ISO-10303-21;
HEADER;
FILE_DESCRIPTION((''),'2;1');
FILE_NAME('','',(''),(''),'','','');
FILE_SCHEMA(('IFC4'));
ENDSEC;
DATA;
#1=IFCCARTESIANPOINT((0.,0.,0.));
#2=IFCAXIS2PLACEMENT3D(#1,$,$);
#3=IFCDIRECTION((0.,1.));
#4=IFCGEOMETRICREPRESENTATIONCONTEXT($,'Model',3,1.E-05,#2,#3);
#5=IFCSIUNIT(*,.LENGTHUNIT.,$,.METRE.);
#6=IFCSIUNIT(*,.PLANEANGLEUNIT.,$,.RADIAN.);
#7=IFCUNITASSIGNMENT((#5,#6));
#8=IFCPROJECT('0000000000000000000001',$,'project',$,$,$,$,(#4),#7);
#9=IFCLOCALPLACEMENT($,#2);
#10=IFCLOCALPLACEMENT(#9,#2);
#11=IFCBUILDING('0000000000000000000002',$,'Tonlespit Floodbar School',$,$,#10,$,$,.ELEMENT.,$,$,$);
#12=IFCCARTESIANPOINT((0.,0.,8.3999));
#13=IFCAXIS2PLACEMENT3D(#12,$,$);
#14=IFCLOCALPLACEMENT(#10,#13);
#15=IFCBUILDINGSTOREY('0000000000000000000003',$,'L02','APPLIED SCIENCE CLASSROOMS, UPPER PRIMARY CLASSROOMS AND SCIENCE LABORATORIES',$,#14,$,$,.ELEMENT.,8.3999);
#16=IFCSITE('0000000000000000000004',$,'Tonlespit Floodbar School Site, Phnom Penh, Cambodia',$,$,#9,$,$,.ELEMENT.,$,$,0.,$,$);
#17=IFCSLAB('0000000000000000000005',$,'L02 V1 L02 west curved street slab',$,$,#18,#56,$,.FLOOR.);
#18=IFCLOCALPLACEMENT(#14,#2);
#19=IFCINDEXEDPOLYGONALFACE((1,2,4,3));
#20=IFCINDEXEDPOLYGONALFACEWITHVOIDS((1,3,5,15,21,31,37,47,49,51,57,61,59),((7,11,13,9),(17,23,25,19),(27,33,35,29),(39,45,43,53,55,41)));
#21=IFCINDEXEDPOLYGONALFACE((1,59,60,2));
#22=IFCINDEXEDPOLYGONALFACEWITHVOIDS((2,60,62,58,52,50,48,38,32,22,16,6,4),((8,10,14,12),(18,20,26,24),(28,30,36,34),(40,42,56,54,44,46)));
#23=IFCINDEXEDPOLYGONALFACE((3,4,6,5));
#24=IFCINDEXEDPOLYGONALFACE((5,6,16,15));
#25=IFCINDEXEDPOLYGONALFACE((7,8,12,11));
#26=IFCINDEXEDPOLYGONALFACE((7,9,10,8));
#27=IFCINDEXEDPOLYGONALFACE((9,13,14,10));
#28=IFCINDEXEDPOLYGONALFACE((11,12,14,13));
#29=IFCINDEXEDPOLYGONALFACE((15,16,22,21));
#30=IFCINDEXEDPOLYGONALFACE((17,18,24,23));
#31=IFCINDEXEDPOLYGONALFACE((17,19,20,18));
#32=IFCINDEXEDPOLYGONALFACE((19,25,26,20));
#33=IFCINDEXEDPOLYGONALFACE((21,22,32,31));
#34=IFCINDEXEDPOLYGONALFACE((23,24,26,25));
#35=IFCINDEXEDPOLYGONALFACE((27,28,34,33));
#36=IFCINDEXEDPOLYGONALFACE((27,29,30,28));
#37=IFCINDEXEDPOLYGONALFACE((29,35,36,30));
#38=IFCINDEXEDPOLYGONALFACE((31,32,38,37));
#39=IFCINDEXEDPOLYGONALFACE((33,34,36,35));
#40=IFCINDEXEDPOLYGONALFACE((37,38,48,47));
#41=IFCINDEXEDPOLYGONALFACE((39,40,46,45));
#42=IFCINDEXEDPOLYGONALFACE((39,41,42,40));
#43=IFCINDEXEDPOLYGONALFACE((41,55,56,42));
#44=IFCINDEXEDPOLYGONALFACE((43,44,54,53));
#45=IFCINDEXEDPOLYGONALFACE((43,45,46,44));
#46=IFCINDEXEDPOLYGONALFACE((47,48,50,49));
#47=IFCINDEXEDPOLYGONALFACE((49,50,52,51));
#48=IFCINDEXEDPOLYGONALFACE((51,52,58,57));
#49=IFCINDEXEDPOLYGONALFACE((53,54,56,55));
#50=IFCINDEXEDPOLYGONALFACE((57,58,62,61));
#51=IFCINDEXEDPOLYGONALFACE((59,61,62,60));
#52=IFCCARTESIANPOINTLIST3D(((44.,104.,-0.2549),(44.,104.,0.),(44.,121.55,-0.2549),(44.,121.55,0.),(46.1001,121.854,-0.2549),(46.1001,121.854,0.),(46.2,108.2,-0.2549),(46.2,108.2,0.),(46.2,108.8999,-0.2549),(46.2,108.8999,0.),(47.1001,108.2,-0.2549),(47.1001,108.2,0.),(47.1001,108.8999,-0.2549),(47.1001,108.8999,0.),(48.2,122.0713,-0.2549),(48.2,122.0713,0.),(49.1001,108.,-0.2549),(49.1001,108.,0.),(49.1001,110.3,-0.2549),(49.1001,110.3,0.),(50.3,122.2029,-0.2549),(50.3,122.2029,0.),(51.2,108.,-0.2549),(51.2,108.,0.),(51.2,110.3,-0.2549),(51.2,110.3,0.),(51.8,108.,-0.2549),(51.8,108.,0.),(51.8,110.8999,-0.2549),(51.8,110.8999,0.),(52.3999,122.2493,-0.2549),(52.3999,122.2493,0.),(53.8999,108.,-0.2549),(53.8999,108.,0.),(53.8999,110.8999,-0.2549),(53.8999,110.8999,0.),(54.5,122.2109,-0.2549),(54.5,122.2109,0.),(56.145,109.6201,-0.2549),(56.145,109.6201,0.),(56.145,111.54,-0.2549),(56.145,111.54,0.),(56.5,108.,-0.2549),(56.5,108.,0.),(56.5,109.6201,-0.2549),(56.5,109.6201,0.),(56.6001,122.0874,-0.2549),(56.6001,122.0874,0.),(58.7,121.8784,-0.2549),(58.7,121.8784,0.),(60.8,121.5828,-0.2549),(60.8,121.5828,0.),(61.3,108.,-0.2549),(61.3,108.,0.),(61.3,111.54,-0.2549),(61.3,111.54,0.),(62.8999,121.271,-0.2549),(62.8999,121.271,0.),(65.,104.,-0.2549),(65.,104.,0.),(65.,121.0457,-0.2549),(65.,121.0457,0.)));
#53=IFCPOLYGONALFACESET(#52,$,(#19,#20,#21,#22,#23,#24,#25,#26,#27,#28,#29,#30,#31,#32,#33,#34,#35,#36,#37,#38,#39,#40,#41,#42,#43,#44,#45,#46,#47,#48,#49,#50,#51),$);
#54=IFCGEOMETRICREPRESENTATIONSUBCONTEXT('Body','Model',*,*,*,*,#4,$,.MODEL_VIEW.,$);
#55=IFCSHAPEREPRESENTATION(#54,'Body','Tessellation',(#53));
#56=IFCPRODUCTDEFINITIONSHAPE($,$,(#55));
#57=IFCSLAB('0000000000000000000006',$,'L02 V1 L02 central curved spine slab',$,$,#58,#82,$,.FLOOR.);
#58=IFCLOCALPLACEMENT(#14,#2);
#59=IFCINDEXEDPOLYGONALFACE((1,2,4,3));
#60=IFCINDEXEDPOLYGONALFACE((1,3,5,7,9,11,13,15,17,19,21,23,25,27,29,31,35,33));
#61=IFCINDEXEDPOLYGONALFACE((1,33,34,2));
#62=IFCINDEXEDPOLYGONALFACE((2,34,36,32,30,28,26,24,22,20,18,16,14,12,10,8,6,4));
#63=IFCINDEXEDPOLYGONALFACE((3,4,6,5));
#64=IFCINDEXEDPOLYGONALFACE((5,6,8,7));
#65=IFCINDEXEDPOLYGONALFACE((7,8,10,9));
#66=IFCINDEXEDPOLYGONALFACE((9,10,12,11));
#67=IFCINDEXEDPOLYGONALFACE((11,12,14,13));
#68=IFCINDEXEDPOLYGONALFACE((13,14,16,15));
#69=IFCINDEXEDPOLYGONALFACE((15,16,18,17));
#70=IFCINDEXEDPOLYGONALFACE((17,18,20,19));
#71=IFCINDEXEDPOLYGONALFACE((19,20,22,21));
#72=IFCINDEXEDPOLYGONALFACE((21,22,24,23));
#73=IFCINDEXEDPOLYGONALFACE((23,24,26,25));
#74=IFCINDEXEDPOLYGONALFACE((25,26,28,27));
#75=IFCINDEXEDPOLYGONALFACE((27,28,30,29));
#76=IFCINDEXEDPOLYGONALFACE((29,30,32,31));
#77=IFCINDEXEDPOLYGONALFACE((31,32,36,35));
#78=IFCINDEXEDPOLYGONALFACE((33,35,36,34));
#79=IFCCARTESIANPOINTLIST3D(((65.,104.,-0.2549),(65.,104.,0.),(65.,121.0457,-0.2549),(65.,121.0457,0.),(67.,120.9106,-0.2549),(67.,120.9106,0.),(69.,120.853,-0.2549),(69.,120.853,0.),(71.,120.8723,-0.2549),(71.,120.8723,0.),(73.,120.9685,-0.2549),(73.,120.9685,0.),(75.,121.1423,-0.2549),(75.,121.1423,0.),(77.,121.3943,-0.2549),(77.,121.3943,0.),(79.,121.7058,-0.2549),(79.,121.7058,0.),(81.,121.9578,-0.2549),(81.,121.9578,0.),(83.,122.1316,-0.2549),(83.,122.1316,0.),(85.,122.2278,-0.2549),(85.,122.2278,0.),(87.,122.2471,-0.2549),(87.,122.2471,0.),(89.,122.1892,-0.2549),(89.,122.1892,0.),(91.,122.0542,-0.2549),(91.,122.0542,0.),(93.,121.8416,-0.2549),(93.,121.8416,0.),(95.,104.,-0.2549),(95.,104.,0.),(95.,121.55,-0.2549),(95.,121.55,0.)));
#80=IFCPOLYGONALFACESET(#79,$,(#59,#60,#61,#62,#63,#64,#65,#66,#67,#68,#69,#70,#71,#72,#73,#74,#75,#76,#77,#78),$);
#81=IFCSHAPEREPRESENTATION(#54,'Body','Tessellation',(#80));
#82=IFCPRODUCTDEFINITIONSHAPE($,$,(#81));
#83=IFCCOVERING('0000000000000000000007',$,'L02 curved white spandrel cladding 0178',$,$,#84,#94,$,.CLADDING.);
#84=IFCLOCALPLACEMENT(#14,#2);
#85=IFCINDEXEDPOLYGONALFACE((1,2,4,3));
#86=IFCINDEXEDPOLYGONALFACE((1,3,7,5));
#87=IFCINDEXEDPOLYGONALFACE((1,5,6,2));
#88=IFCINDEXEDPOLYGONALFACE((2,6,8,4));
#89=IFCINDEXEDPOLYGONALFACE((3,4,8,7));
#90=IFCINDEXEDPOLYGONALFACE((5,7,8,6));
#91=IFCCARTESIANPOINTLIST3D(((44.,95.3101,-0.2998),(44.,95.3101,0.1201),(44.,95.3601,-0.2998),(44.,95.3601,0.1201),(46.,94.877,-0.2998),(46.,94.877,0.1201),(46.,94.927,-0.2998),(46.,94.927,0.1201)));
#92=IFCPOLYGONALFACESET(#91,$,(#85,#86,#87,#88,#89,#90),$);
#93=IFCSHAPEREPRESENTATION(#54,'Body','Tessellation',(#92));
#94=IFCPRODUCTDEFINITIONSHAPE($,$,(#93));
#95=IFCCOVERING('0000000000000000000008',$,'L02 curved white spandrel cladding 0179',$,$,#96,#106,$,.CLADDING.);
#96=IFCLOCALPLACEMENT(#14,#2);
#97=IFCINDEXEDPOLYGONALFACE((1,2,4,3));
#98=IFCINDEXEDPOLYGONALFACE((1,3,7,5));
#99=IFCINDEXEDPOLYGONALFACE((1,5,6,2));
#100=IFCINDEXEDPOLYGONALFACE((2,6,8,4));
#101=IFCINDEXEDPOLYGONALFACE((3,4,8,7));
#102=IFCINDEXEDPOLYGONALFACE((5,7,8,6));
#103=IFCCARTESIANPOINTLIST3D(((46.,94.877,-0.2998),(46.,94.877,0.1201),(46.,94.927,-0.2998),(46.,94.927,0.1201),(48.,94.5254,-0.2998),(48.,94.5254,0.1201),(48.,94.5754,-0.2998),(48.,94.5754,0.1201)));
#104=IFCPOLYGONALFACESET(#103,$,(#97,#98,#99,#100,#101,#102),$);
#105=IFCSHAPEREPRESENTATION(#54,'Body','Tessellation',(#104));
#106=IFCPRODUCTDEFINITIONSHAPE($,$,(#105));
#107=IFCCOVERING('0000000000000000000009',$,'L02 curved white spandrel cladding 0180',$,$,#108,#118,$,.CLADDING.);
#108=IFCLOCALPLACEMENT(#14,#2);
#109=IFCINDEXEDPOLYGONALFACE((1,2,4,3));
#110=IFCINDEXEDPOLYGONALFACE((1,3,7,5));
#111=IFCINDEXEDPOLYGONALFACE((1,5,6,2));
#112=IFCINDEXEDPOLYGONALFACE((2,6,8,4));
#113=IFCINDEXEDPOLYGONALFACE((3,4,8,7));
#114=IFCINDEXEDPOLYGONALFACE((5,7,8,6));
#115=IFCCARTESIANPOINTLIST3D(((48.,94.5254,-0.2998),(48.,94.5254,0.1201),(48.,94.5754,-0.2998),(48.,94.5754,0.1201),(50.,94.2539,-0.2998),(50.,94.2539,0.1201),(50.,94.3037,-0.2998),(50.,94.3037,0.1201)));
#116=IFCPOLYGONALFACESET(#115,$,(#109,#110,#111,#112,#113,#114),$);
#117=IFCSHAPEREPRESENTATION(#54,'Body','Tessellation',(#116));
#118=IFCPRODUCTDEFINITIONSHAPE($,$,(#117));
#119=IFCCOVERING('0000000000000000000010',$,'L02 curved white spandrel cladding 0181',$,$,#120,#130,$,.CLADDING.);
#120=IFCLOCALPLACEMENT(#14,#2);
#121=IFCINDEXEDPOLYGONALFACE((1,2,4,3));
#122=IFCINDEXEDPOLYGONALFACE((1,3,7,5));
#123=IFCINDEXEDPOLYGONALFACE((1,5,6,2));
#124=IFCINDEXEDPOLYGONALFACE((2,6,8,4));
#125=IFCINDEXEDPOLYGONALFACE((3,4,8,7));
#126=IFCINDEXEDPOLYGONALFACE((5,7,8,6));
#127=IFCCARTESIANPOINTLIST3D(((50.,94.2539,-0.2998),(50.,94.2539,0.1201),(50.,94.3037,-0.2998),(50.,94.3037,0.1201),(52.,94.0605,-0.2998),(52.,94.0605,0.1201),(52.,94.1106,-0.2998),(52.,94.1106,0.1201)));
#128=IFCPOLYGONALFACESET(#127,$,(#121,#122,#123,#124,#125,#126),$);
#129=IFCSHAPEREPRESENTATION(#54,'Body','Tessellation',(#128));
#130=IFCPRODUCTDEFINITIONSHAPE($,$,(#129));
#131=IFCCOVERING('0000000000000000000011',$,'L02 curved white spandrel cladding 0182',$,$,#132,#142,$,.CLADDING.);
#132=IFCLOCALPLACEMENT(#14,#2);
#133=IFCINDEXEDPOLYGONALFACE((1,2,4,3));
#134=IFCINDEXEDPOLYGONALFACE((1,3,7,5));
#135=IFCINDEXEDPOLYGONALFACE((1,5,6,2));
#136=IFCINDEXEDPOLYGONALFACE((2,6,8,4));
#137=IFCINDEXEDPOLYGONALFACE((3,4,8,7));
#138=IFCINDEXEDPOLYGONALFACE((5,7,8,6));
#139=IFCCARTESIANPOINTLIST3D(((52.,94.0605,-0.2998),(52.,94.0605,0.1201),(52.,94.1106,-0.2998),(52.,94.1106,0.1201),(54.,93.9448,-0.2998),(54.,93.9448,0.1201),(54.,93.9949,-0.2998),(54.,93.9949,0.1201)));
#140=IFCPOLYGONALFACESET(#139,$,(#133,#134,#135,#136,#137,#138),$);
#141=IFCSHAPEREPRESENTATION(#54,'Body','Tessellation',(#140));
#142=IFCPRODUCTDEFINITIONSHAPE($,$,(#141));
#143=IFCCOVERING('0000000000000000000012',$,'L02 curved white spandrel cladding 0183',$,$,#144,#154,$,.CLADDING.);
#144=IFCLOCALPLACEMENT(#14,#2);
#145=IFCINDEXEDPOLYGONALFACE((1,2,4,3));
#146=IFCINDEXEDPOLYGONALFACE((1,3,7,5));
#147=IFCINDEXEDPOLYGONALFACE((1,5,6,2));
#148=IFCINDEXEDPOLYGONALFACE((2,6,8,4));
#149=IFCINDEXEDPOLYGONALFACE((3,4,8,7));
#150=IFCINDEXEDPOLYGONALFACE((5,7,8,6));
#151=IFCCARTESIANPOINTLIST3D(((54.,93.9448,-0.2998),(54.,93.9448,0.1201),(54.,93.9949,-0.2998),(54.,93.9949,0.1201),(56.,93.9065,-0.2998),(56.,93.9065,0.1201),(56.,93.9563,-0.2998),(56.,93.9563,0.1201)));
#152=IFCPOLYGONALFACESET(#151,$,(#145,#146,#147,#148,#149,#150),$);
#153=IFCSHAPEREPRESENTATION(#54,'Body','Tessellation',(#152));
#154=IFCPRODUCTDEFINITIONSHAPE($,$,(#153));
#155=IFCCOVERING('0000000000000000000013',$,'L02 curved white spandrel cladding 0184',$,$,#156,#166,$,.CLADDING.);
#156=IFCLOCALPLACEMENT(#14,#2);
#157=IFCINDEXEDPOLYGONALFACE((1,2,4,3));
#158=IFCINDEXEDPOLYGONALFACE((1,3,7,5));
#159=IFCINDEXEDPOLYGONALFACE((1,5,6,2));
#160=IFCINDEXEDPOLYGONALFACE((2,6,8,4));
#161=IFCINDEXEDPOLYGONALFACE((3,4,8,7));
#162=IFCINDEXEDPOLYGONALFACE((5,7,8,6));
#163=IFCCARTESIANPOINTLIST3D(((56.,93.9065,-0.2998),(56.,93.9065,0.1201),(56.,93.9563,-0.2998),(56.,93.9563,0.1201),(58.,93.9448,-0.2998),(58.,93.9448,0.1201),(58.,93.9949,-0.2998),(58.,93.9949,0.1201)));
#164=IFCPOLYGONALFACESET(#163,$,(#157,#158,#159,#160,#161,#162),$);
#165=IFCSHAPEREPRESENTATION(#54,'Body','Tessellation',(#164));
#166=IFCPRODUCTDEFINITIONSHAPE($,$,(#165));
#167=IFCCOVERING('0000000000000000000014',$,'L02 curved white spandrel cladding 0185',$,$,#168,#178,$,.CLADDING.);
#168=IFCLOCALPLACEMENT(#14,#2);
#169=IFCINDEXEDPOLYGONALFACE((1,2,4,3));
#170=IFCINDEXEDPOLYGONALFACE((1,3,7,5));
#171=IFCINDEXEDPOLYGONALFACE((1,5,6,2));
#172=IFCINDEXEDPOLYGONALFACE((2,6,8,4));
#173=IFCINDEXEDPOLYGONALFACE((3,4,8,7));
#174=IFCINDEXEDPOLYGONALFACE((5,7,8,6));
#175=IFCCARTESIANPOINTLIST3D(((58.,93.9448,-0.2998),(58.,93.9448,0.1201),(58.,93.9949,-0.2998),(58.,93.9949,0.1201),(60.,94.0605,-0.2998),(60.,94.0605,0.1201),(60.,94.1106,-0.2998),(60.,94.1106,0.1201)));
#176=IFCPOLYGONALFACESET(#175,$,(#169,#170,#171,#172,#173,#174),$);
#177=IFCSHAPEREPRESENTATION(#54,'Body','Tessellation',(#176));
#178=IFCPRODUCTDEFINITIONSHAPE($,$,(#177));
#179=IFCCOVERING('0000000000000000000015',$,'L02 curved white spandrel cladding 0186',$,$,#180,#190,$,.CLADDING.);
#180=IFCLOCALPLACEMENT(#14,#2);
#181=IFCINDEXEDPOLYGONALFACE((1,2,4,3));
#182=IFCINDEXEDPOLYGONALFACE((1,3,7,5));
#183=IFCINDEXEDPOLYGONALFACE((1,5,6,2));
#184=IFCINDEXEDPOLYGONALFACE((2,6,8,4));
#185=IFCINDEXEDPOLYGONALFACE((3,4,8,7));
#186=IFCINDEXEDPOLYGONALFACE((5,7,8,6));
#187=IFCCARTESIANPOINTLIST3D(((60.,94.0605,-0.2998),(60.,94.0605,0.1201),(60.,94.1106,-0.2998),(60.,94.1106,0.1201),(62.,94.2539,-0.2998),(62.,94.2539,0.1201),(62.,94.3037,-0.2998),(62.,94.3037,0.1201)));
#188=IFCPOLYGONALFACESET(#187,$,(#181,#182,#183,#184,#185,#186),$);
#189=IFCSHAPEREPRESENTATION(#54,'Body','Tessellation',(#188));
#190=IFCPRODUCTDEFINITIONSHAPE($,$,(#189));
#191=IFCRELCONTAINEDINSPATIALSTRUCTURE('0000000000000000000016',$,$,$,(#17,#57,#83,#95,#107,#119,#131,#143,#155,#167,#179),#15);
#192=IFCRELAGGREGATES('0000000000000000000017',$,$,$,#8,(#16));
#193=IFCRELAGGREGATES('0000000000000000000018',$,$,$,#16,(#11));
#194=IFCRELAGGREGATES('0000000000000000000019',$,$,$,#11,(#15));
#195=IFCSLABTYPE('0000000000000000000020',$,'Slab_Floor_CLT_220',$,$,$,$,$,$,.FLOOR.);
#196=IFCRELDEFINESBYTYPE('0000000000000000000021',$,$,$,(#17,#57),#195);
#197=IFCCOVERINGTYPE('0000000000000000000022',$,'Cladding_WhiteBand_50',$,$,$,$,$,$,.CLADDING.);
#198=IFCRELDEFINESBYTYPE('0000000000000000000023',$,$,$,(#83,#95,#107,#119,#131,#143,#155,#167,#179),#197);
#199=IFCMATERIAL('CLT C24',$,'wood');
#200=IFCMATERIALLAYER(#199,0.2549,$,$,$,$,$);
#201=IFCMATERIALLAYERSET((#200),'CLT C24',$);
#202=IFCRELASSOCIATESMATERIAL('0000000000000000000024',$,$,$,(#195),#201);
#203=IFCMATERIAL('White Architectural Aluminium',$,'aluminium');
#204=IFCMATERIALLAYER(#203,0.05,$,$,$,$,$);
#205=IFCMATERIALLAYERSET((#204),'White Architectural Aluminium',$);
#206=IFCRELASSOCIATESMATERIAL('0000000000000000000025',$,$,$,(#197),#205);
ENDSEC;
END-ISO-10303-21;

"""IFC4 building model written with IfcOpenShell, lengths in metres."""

from ifc_helpers import new_model, si_unit, direction, frame, origin, place, context, subcontext, project, spatial, polyline, outline, extrude, material, layer, layer_set, type_object, element, save


model = new_model("IFC4")

# Units and contexts
model_context = context("Model", 3, precision=1e-05, world=origin(), true_north=direction((0.0, 1.0)))
body_context = subcontext(model_context, "Body", "Model", "MODEL_VIEW")
ifc_project = project(units=[si_unit("LENGTHUNIT", "METRE"), si_unit("PLANEANGLEUNIT", "RADIAN")], contexts=[model_context])

# Site, building, storey
site_placement = place(None, origin())
site = spatial("IfcSite", under=ifc_project, at=site_placement, Name="Tonlespit Floodbar School Site, Phnom Penh, Cambodia", CompositionType="ELEMENT", RefElevation=0.0)
building_placement = place(site_placement, origin())
building = spatial("IfcBuilding", under=site, at=building_placement, Name="Tonlespit Floodbar School", CompositionType="ELEMENT")
storey_placement = place(building_placement, frame((0.0, 0.0, 8.3999)))
storey = spatial("IfcBuildingStorey", under=building, at=storey_placement, Name="L02", Description="APPLIED SCIENCE CLASSROOMS, UPPER PRIMARY CLASSROOMS AND SCIENCE LABORATORIES", CompositionType="ELEMENT", Elevation=8.3999)

# Slabs
ifc_material_1 = material(Name="CLT C24", Category="wood")
ifc_layer_1 = layer(ifc_material_1, 0.2549)
ifc_layer_set_1 = layer_set([ifc_layer_1], Name="CLT C24")
slab_type = type_object("IfcSlabType", Name="Slab_Floor_CLT_220", PredefinedType="FLOOR", material=ifc_layer_set_1)
slab_1_placement = place(storey_placement, frame((0.0, 0.0, -0.2549)))
element("IfcSlab", 1, at=slab_1_placement, inside=storey, type_object=slab_type, Name="L02 V1 L02 west curved street slab", PredefinedType="FLOOR", context=body_context, shape_type="SweptSolid", body=[
    extrude(outline(polyline([(44.0, 104.0), (65.0, 104.0), (65.0, 121.0457), (62.8999, 121.271), (60.8, 121.5828), (58.7, 121.8784), (56.6001, 122.0874), (54.5, 122.2109), (52.3999, 122.2493), (50.3, 122.2029), (48.2, 122.0713), (46.1001, 121.854), (44.0, 121.55), (44.0, 104.0)]), holes=[polyline([(56.5, 108.0), (61.3, 108.0), (61.3, 111.54), (56.145, 111.54), (56.145, 109.6201), (56.5, 109.6201), (56.5, 108.0)]), polyline([(51.8, 108.0), (53.8999, 108.0), (53.8999, 110.8999), (51.8, 110.8999), (51.8, 108.0)]), polyline([(49.1001, 108.0), (51.2, 108.0), (51.2, 110.3), (49.1001, 110.3), (49.1001, 108.0)]), polyline([(46.2, 108.2), (47.1001, 108.2), (47.1001, 108.8999), (46.2, 108.8999), (46.2, 108.2)])]), origin(), (0.0, 0.0, 1.0), 0.2549),
])
slab_2_placement = place(storey_placement, frame((0.0, 0.0, -0.2549)))
element("IfcSlab", 2, at=slab_2_placement, inside=storey, type_object=slab_type, Name="L02 V1 L02 central curved spine slab", PredefinedType="FLOOR", context=body_context, shape_type="SweptSolid", body=[
    extrude(outline(polyline([(65.0, 104.0), (95.0, 104.0), (95.0, 121.55), (93.0, 121.8416), (91.0, 122.0542), (89.0, 122.1892), (87.0, 122.2471), (85.0, 122.2278), (83.0, 122.1316), (81.0, 121.9578), (79.0, 121.7058), (77.0, 121.3943), (75.0, 121.1423), (73.0, 120.9685), (71.0, 120.8723), (69.0, 120.853), (67.0, 120.9106), (65.0, 121.0457), (65.0, 104.0)])), origin(), (0.0, 0.0, 1.0), 0.2549),
])

# Coverings
ifc_material_2 = material(Name="White Architectural Aluminium", Category="aluminium")
ifc_layer_2 = layer(ifc_material_2, 0.05)
ifc_layer_set_2 = layer_set([ifc_layer_2], Name="White Architectural Aluminium")
covering_type = type_object("IfcCoveringType", Name="Cladding_WhiteBand_50", PredefinedType="CLADDING", material=ifc_layer_set_2)
covering_1_placement = place(storey_placement, frame((0.0, 0.0, -0.2998)))
element("IfcCovering", 3, at=covering_1_placement, inside=storey, type_object=covering_type, Name="L02 curved white spandrel cladding 0178", PredefinedType="CLADDING", context=body_context, shape_type="SweptSolid", body=[
    extrude(outline(polyline([(44.0, 95.3601), (46.0, 94.927), (46.0, 94.877), (44.0, 95.3101), (44.0, 95.3601)])), origin(), (0.0, 0.0, 1.0), 0.4199),
])
covering_2_placement = place(storey_placement, frame((0.0, 0.0, -0.2998)))
element("IfcCovering", 4, at=covering_2_placement, inside=storey, type_object=covering_type, Name="L02 curved white spandrel cladding 0179", PredefinedType="CLADDING", context=body_context, shape_type="SweptSolid", body=[
    extrude(outline(polyline([(46.0, 94.927), (48.0, 94.5754), (48.0, 94.5254), (46.0, 94.877), (46.0, 94.927)])), origin(), (0.0, 0.0, 1.0), 0.4199),
])
covering_3_placement = place(storey_placement, frame((0.0, 0.0, -0.2998)))
element("IfcCovering", 5, at=covering_3_placement, inside=storey, type_object=covering_type, Name="L02 curved white spandrel cladding 0180", PredefinedType="CLADDING", context=body_context, shape_type="SweptSolid", body=[
    extrude(outline(polyline([(48.0, 94.5754), (50.0, 94.3037), (50.0, 94.2539), (48.0, 94.5254), (48.0, 94.5754)])), origin(), (0.0, 0.0, 1.0), 0.4199),
])
covering_4_placement = place(storey_placement, frame((0.0, 0.0, -0.2998)))
element("IfcCovering", 6, at=covering_4_placement, inside=storey, type_object=covering_type, Name="L02 curved white spandrel cladding 0181", PredefinedType="CLADDING", context=body_context, shape_type="SweptSolid", body=[
    extrude(outline(polyline([(50.0, 94.3037), (52.0, 94.1106), (52.0, 94.0605), (50.0, 94.2539), (50.0, 94.3037)])), origin(), (0.0, 0.0, 1.0), 0.4199),
])
covering_5_placement = place(storey_placement, frame((0.0, 0.0, -0.2998)))
element("IfcCovering", 7, at=covering_5_placement, inside=storey, type_object=covering_type, Name="L02 curved white spandrel cladding 0182", PredefinedType="CLADDING", context=body_context, shape_type="SweptSolid", body=[
    extrude(outline(polyline([(52.0, 94.1106), (54.0, 93.9949), (54.0, 93.9448), (52.0, 94.0605), (52.0, 94.1106)])), origin(), (0.0, 0.0, 1.0), 0.4199),
])
covering_6_placement = place(storey_placement, frame((0.0, 0.0, -0.2998)))
element("IfcCovering", 8, at=covering_6_placement, inside=storey, type_object=covering_type, Name="L02 curved white spandrel cladding 0183", PredefinedType="CLADDING", context=body_context, shape_type="SweptSolid", body=[
    extrude(outline(polyline([(54.0, 93.9949), (56.0, 93.9563), (56.0, 93.9065), (54.0, 93.9448), (54.0, 93.9949)])), origin(), (0.0, 0.0, 1.0), 0.4199),
])
covering_7_placement = place(storey_placement, frame((0.0, 0.0, -0.2998)))
element("IfcCovering", 9, at=covering_7_placement, inside=storey, type_object=covering_type, Name="L02 curved white spandrel cladding 0184", PredefinedType="CLADDING", context=body_context, shape_type="SweptSolid", body=[
    extrude(outline(polyline([(56.0, 93.9563), (58.0, 93.9949), (58.0, 93.9448), (56.0, 93.9065), (56.0, 93.9563)])), origin(), (0.0, 0.0, 1.0), 0.4199),
])
covering_8_placement = place(storey_placement, frame((0.0, 0.0, -0.2998)))
element("IfcCovering", 10, at=covering_8_placement, inside=storey, type_object=covering_type, Name="L02 curved white spandrel cladding 0185", PredefinedType="CLADDING", context=body_context, shape_type="SweptSolid", body=[
    extrude(outline(polyline([(58.0, 93.9949), (60.0, 94.1106), (60.0, 94.0605), (58.0, 93.9448), (58.0, 93.9949)])), origin(), (0.0, 0.0, 1.0), 0.4199),
])
covering_9_placement = place(storey_placement, frame((0.0, 0.0, -0.2998)))
element("IfcCovering", 11, at=covering_9_placement, inside=storey, type_object=covering_type, Name="L02 curved white spandrel cladding 0186", PredefinedType="CLADDING", context=body_context, shape_type="SweptSolid", body=[
    extrude(outline(polyline([(60.0, 94.1106), (62.0, 94.3037), (62.0, 94.2539), (60.0, 94.0605), (60.0, 94.1106)])), origin(), (0.0, 0.0, 1.0), 0.4199),
])

save(model, "model.ifc")
